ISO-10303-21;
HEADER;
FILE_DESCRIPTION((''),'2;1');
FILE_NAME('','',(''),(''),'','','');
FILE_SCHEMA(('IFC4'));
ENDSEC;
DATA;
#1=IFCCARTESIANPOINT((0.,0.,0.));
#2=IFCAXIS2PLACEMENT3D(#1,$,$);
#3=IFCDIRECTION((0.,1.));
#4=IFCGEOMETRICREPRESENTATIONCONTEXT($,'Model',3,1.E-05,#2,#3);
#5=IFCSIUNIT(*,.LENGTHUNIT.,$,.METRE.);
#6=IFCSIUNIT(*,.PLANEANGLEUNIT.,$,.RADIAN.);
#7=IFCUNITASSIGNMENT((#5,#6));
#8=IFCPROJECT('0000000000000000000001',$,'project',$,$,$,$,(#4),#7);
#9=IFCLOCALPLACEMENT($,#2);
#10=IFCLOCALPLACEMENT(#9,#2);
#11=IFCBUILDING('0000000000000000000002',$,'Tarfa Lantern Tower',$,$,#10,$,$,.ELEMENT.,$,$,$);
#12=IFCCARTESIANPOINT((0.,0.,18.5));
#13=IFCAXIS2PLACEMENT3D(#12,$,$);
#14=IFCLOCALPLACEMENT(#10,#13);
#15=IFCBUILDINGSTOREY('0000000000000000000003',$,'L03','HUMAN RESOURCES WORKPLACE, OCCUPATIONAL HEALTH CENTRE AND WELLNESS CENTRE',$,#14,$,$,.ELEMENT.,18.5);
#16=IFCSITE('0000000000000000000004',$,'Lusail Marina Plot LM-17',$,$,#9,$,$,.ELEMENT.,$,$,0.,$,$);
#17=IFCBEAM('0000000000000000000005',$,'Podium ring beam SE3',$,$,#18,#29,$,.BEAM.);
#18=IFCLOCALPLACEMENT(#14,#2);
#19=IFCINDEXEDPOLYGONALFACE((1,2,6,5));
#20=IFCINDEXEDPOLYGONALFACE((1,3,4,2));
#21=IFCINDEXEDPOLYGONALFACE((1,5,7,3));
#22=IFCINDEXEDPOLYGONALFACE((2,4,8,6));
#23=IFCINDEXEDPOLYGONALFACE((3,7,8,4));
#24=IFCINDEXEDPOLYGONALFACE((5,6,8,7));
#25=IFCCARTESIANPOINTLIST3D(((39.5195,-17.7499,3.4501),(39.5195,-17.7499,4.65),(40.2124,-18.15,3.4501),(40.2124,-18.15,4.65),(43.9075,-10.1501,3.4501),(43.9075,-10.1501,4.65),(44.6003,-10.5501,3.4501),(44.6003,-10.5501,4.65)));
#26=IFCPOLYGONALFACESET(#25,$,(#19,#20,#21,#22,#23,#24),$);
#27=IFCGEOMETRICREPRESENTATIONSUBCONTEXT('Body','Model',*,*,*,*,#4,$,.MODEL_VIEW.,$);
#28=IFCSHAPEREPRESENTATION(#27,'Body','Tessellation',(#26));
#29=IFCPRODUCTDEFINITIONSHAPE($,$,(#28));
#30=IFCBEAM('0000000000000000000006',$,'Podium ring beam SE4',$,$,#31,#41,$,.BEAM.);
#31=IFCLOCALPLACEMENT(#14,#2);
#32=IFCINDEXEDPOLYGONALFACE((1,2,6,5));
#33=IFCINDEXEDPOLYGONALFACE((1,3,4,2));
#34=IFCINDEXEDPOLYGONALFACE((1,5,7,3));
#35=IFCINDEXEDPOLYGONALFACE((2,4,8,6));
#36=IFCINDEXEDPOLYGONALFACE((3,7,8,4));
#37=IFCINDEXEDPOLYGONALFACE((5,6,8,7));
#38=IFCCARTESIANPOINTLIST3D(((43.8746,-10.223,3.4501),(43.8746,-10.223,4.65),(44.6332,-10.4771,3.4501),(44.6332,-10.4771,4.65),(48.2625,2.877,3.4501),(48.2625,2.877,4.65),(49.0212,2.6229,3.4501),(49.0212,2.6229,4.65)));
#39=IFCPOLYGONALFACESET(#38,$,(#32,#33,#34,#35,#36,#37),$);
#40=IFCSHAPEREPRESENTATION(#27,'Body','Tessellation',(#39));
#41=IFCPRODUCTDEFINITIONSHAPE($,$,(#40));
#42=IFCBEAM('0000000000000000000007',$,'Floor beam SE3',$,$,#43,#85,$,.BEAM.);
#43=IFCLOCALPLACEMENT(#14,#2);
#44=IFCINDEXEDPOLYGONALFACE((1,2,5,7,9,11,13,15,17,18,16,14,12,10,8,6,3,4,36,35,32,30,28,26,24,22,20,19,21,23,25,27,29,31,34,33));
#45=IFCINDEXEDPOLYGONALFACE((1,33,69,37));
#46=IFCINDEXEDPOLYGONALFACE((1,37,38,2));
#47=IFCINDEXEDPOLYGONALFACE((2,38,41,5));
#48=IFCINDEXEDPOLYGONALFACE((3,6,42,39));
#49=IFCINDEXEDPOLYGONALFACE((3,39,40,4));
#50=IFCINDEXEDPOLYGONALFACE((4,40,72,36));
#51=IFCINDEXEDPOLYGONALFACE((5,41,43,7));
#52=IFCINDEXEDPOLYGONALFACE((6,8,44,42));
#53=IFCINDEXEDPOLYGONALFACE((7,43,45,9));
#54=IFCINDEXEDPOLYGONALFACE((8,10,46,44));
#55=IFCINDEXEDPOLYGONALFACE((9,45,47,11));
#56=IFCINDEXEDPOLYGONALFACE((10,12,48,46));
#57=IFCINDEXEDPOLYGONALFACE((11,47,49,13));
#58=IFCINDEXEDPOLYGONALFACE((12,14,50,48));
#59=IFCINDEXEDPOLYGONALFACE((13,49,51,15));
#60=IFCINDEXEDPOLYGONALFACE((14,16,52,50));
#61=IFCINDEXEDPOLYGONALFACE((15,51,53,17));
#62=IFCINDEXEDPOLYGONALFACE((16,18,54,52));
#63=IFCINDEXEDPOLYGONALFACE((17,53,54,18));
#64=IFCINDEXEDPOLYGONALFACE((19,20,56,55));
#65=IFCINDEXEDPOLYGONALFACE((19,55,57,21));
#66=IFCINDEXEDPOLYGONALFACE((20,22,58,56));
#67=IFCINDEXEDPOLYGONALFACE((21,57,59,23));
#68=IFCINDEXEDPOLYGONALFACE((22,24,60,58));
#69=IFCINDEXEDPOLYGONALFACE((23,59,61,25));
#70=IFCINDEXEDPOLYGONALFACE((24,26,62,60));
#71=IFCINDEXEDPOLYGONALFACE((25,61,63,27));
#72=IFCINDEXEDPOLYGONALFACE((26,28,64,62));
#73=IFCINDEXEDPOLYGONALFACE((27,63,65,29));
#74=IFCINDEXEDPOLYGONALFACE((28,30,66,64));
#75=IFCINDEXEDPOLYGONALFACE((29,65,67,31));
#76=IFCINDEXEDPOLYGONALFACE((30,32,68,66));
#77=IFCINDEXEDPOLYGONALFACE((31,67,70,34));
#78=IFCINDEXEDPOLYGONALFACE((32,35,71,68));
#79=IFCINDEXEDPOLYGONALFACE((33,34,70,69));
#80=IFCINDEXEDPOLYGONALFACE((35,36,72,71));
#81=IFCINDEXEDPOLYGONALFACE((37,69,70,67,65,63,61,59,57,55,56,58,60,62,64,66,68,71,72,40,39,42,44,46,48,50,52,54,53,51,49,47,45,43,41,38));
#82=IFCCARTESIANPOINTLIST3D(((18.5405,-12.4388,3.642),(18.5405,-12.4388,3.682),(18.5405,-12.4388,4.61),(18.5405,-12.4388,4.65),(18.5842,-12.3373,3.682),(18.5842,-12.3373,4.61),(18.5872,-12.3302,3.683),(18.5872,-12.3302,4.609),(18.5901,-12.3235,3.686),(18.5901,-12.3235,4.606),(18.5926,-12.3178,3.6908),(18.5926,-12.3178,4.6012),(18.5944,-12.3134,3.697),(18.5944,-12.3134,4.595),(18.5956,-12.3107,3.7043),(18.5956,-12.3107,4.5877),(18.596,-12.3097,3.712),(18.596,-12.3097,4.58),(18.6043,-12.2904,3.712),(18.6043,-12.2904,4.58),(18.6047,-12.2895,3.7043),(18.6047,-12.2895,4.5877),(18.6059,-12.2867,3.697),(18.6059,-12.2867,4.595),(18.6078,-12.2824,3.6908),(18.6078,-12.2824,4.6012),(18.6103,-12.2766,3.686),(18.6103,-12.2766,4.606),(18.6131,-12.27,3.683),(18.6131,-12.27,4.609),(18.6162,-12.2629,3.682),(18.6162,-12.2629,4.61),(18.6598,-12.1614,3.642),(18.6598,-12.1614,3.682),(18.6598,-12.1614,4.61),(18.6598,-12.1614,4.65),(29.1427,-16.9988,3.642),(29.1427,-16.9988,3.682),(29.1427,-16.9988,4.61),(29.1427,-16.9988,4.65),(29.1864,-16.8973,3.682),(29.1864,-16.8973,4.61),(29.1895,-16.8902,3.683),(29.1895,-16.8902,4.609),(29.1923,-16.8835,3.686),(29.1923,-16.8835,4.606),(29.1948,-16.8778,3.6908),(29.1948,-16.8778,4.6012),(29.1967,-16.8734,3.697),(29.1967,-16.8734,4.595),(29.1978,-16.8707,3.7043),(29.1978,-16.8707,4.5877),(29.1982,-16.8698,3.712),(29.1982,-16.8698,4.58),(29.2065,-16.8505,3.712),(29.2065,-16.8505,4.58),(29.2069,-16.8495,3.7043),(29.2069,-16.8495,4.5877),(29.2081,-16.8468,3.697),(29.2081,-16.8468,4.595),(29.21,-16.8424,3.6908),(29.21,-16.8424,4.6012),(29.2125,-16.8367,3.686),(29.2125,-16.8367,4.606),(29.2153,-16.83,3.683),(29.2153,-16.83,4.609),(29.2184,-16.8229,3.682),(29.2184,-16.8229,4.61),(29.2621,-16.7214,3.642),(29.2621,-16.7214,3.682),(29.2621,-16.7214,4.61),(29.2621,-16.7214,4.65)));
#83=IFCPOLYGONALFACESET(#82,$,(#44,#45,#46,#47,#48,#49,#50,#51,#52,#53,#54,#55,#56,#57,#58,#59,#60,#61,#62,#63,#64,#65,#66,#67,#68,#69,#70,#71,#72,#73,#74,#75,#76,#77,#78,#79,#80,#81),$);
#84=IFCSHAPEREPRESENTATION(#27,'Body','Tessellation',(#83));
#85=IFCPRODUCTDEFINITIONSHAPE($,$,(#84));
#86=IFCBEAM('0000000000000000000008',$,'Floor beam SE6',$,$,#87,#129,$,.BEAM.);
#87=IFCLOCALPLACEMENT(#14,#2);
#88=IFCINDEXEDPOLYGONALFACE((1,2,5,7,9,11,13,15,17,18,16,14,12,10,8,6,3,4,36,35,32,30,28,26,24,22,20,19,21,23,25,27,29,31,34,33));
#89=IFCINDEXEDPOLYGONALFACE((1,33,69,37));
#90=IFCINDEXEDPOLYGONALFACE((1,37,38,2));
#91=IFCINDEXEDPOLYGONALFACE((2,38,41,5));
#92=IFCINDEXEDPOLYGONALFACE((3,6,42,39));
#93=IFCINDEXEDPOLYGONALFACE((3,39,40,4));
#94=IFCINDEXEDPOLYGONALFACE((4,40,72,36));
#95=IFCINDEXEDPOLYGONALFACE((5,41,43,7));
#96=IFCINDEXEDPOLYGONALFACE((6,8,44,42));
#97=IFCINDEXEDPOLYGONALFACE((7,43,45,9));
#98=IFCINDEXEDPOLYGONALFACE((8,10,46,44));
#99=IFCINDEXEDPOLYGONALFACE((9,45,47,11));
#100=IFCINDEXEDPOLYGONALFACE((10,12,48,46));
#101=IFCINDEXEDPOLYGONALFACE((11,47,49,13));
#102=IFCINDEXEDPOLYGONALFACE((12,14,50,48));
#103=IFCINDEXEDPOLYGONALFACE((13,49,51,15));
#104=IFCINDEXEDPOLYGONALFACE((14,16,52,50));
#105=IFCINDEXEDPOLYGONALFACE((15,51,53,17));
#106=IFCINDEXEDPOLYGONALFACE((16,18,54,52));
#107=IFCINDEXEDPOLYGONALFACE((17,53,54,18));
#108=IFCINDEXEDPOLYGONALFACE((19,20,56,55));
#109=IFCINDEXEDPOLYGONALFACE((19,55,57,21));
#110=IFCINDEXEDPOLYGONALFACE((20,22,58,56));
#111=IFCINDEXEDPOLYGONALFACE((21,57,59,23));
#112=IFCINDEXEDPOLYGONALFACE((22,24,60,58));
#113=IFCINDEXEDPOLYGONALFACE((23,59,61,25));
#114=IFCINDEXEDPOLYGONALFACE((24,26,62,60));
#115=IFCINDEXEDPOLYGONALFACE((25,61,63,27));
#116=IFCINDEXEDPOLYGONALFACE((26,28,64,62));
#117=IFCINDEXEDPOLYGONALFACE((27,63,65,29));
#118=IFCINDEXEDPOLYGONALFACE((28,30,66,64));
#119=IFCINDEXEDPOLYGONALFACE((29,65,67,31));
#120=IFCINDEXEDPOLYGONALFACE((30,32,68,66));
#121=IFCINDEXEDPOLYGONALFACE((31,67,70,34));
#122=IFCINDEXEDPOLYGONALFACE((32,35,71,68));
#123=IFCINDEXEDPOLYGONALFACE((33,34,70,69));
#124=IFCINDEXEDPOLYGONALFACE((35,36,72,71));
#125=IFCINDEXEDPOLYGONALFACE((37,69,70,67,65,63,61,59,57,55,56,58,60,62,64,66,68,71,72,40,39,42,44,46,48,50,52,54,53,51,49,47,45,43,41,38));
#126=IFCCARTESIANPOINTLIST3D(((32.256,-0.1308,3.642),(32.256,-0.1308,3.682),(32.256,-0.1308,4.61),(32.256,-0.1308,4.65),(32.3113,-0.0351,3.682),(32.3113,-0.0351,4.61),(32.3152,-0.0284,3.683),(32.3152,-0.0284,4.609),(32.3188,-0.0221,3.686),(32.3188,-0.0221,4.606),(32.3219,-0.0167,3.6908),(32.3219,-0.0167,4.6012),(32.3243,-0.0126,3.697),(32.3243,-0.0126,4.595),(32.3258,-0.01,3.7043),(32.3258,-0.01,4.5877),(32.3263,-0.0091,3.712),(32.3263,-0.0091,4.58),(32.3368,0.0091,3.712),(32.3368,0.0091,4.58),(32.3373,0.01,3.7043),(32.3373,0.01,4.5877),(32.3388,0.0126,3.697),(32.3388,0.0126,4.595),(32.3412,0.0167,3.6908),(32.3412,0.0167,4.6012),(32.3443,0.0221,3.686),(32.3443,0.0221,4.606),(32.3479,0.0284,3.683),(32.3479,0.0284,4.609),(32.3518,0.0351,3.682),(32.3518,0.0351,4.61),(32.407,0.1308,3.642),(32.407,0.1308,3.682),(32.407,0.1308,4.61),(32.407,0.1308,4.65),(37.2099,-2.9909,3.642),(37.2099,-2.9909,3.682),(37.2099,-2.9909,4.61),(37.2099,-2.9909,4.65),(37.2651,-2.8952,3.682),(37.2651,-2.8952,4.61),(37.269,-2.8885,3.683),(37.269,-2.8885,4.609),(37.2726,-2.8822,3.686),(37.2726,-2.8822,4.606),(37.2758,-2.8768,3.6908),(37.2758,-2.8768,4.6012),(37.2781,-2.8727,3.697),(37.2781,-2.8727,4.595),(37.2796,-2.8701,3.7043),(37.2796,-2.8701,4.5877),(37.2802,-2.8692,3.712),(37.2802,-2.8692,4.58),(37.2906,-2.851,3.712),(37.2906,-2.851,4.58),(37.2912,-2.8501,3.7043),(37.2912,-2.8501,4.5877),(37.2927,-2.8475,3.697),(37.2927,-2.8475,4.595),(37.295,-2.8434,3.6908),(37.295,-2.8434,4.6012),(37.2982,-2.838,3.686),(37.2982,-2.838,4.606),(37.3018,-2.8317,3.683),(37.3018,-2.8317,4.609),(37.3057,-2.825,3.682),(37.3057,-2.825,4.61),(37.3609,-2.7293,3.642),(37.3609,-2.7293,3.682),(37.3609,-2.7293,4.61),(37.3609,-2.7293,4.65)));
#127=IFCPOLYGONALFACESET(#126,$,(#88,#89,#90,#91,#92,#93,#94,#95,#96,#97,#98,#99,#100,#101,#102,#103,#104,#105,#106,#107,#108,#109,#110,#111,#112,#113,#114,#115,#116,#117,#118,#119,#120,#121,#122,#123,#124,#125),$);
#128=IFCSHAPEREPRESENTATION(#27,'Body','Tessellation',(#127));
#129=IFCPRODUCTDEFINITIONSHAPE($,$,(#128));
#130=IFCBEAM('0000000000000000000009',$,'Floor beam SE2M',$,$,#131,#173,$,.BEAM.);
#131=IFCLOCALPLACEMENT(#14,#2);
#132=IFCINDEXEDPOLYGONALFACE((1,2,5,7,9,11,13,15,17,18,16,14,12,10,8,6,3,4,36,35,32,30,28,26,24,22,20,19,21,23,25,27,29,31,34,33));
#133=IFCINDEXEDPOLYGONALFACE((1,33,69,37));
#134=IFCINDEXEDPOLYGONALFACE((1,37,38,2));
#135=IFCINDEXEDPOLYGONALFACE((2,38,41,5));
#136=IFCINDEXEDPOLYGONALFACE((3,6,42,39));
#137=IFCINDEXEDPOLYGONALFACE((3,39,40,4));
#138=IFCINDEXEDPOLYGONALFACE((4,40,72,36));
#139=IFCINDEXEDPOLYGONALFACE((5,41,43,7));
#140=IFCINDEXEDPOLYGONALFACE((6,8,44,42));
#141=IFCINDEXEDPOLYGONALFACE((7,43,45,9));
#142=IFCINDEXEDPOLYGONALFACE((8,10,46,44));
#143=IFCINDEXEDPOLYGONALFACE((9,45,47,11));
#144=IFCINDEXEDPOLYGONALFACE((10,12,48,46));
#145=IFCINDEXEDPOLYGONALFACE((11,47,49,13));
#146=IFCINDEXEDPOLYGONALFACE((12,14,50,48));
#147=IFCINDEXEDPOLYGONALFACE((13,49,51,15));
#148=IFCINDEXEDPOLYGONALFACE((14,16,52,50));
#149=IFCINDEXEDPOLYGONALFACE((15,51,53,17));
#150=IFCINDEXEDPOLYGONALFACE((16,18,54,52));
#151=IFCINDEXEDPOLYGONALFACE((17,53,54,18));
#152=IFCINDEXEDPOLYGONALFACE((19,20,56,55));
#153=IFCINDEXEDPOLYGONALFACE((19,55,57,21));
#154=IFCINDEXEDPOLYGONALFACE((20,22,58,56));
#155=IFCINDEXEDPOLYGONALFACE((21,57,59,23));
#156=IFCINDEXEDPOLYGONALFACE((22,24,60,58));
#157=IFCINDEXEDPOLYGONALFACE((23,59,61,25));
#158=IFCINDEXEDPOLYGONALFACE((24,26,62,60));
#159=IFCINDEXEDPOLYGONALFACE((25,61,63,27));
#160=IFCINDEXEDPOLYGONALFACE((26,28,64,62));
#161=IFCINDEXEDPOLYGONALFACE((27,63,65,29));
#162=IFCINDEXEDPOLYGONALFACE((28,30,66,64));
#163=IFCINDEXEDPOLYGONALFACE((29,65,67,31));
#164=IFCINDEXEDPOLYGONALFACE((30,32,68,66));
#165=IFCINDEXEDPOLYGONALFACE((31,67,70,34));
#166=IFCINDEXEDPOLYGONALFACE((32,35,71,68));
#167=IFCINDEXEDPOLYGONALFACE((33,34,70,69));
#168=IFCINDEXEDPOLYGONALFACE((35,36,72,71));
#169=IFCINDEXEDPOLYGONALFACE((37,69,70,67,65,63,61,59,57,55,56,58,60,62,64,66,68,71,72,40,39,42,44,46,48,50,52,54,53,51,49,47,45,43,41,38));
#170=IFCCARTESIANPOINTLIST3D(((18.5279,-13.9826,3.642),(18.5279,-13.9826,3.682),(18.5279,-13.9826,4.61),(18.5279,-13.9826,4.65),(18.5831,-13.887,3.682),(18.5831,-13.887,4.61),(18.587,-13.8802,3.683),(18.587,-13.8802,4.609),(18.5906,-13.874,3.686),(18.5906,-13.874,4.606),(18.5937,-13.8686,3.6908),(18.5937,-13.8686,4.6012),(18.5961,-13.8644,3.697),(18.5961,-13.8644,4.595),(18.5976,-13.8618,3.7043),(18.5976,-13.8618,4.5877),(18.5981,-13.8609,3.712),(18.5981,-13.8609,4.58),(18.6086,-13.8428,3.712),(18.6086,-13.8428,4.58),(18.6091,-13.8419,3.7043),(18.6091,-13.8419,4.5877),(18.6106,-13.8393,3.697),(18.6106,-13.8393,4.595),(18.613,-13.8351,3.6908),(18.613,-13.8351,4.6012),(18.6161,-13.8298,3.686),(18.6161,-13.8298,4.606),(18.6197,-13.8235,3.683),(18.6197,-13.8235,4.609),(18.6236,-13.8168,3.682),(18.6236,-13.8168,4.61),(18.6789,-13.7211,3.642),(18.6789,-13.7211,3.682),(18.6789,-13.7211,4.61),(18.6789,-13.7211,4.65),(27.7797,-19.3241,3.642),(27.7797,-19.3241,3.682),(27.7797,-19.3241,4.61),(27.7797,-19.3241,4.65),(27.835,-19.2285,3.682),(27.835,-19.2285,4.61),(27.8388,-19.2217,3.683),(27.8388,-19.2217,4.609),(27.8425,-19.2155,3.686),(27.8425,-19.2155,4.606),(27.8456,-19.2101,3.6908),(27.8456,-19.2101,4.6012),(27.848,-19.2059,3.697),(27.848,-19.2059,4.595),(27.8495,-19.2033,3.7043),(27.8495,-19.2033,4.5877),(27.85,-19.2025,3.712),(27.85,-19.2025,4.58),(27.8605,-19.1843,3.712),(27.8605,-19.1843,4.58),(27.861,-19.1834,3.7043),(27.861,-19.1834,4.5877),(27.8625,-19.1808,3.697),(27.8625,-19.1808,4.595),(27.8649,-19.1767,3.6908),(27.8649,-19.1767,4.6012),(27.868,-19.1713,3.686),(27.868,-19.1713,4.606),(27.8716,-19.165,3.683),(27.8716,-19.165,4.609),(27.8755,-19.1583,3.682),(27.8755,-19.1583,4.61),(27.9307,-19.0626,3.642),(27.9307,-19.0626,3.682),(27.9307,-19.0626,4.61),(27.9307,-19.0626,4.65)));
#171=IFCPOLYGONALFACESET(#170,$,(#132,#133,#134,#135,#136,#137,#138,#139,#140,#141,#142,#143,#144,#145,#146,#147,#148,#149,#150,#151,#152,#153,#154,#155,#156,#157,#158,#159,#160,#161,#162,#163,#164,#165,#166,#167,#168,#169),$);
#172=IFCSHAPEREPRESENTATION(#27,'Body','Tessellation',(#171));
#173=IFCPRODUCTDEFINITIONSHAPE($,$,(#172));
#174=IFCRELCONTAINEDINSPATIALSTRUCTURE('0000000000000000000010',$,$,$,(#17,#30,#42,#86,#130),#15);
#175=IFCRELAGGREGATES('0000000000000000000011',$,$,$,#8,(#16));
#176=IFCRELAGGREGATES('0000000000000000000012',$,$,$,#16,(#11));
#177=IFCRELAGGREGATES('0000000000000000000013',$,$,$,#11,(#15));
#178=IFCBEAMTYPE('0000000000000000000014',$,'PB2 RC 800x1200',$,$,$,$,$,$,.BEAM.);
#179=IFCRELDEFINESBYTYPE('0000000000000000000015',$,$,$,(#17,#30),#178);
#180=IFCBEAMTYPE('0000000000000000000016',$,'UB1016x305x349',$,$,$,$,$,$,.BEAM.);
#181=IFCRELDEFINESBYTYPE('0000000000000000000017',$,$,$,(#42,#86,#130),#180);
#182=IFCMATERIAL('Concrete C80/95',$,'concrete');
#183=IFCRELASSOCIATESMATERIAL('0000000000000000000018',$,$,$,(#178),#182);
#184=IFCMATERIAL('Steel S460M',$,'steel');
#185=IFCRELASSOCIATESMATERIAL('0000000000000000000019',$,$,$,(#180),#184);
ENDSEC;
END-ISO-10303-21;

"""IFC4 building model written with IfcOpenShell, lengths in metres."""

from ifc_helpers import new_model, si_unit, direction, frame, origin, origin_2d, place, context, subcontext, project, spatial, rectangle, i_section, extrude, material, material_profile, profile_set, type_object, element, save


model = new_model("IFC4")

# Units and contexts
model_context = context("Model", 3, precision=1e-05, world=origin(), true_north=direction((0.0, 1.0)))
body_context = subcontext(model_context, "Body", "Model", "MODEL_VIEW")
ifc_project = project(units=[si_unit("LENGTHUNIT", "METRE"), si_unit("PLANEANGLEUNIT", "RADIAN")], contexts=[model_context])

# Site, building, storey
site_placement = place(None, origin())
site = spatial("IfcSite", under=ifc_project, at=site_placement, Name="Lusail Marina Plot LM-17", CompositionType="ELEMENT", RefElevation=0.0)
building_placement = place(site_placement, origin())
building = spatial("IfcBuilding", under=site, at=building_placement, Name="Tarfa Lantern Tower", CompositionType="ELEMENT")
storey_placement = place(building_placement, frame((0.0, 0.0, 18.5)))
storey = spatial("IfcBuildingStorey", under=building, at=storey_placement, Name="L03", Description="HUMAN RESOURCES WORKPLACE, OCCUPATIONAL HEALTH CENTRE AND WELLNESS CENTRE", CompositionType="ELEMENT", Elevation=18.5)

# Shared definitions
ifc_material_1 = material(Name="Concrete C80/95", Category="concrete")

# Beams
ifc_material_profile_1 = material_profile(ifc_material_1, rectangle(XDim=0.8, YDim=1.2, at=origin_2d()), Name="RC 800x1200")
ifc_profile_set_1 = profile_set([ifc_material_profile_1], Name="Concrete C80/95")
beam_type_1 = type_object("IfcBeamType", Name="PB2 RC 800x1200", PredefinedType="BEAM", material=ifc_profile_set_1)
beam_1_placement = place(storey_placement, frame((39.866, -17.95, 4.05), z_axis=(0.500014, 0.866017, 0.0), x_axis=(-0.866017, 0.500014, 0.0)))
element("IfcBeam", 1, at=beam_1_placement, inside=storey, type_object=beam_type_1, Name="Podium ring beam SE3", PredefinedType="BEAM", context=body_context, shape_type="SweptSolid", body=[
    extrude(rectangle(XDim=0.8, YDim=1.2, at=origin_2d()), origin(), (0.0, 0.0, 1.0), 8.7756),
])
beam_2_placement = place(storey_placement, frame((44.2539, -10.3501, 4.05), z_axis=(0.317611, 0.948221, 0.0), x_axis=(-0.948221, 0.317611, 0.0)))
element("IfcBeam", 2, at=beam_2_placement, inside=storey, type_object=beam_type_1, Name="Podium ring beam SE4", PredefinedType="BEAM", context=body_context, shape_type="SweptSolid", body=[
    extrude(rectangle(XDim=0.8, YDim=1.2, at=origin_2d()), origin(), (0.0, 0.0, 1.0), 13.8154),
])
ifc_material_2 = material(Name="Steel S460M", Category="steel")
ifc_material_profile_2 = material_profile(ifc_material_2, i_section(OverallWidth=0.302, OverallDepth=1.0081, WebThickness=0.021, FlangeThickness=0.04, FilletRadius=0.03, at=origin_2d()), Name="UB1016x305x349")
ifc_profile_set_2 = profile_set([ifc_material_profile_2], Name="Steel S460M")
beam_type_2 = type_object("IfcBeamType", Name="UB1016x305x349", PredefinedType="BEAM", material=ifc_profile_set_2)
beam_3_placement = place(storey_placement, frame((29.2024, -16.8601, 4.146), z_axis=(-0.918635, 0.395106, 0.0), x_axis=(-0.395106, -0.918635, 0.0)))
element("IfcBeam", 3, at=beam_3_placement, inside=storey, type_object=beam_type_2, Name="Floor beam SE3", PredefinedType="BEAM", context=body_context, shape_type="SweptSolid", body=[
    extrude(i_section(OverallWidth=0.302, OverallDepth=1.0081, WebThickness=0.021, FlangeThickness=0.04, FilletRadius=0.03, at=origin_2d()), origin(), (0.0, 0.0, 1.0), 11.5413),
])
beam_4_placement = place(storey_placement, frame((37.2854, -2.8601, 4.146), z_axis=(-0.866026, 0.5, 0.0), x_axis=(-0.5, -0.866026, 0.0)))
element("IfcBeam", 4, at=beam_4_placement, inside=storey, type_object=beam_type_2, Name="Floor beam SE6", PredefinedType="BEAM", context=body_context, shape_type="SweptSolid", body=[
    extrude(i_section(OverallWidth=0.302, OverallDepth=1.0081, WebThickness=0.021, FlangeThickness=0.04, FilletRadius=0.03, at=origin_2d()), origin(), (0.0, 0.0, 1.0), 5.7202),
])
beam_5_placement = place(storey_placement, frame((27.8552, -19.1934, 4.146), z_axis=(-0.866028, 0.499995, 0.0), x_axis=(-0.499995, -0.866028, 0.0)))
element("IfcBeam", 5, at=beam_5_placement, inside=storey, type_object=beam_type_2, Name="Floor beam SE2M", PredefinedType="BEAM", context=body_context, shape_type="SweptSolid", body=[
    extrude(i_section(OverallWidth=0.302, OverallDepth=1.0081, WebThickness=0.021, FlangeThickness=0.04, FilletRadius=0.03, at=origin_2d()), origin(), (0.0, 0.0, 1.0), 10.6831),
])

save(model, "model.ifc")
